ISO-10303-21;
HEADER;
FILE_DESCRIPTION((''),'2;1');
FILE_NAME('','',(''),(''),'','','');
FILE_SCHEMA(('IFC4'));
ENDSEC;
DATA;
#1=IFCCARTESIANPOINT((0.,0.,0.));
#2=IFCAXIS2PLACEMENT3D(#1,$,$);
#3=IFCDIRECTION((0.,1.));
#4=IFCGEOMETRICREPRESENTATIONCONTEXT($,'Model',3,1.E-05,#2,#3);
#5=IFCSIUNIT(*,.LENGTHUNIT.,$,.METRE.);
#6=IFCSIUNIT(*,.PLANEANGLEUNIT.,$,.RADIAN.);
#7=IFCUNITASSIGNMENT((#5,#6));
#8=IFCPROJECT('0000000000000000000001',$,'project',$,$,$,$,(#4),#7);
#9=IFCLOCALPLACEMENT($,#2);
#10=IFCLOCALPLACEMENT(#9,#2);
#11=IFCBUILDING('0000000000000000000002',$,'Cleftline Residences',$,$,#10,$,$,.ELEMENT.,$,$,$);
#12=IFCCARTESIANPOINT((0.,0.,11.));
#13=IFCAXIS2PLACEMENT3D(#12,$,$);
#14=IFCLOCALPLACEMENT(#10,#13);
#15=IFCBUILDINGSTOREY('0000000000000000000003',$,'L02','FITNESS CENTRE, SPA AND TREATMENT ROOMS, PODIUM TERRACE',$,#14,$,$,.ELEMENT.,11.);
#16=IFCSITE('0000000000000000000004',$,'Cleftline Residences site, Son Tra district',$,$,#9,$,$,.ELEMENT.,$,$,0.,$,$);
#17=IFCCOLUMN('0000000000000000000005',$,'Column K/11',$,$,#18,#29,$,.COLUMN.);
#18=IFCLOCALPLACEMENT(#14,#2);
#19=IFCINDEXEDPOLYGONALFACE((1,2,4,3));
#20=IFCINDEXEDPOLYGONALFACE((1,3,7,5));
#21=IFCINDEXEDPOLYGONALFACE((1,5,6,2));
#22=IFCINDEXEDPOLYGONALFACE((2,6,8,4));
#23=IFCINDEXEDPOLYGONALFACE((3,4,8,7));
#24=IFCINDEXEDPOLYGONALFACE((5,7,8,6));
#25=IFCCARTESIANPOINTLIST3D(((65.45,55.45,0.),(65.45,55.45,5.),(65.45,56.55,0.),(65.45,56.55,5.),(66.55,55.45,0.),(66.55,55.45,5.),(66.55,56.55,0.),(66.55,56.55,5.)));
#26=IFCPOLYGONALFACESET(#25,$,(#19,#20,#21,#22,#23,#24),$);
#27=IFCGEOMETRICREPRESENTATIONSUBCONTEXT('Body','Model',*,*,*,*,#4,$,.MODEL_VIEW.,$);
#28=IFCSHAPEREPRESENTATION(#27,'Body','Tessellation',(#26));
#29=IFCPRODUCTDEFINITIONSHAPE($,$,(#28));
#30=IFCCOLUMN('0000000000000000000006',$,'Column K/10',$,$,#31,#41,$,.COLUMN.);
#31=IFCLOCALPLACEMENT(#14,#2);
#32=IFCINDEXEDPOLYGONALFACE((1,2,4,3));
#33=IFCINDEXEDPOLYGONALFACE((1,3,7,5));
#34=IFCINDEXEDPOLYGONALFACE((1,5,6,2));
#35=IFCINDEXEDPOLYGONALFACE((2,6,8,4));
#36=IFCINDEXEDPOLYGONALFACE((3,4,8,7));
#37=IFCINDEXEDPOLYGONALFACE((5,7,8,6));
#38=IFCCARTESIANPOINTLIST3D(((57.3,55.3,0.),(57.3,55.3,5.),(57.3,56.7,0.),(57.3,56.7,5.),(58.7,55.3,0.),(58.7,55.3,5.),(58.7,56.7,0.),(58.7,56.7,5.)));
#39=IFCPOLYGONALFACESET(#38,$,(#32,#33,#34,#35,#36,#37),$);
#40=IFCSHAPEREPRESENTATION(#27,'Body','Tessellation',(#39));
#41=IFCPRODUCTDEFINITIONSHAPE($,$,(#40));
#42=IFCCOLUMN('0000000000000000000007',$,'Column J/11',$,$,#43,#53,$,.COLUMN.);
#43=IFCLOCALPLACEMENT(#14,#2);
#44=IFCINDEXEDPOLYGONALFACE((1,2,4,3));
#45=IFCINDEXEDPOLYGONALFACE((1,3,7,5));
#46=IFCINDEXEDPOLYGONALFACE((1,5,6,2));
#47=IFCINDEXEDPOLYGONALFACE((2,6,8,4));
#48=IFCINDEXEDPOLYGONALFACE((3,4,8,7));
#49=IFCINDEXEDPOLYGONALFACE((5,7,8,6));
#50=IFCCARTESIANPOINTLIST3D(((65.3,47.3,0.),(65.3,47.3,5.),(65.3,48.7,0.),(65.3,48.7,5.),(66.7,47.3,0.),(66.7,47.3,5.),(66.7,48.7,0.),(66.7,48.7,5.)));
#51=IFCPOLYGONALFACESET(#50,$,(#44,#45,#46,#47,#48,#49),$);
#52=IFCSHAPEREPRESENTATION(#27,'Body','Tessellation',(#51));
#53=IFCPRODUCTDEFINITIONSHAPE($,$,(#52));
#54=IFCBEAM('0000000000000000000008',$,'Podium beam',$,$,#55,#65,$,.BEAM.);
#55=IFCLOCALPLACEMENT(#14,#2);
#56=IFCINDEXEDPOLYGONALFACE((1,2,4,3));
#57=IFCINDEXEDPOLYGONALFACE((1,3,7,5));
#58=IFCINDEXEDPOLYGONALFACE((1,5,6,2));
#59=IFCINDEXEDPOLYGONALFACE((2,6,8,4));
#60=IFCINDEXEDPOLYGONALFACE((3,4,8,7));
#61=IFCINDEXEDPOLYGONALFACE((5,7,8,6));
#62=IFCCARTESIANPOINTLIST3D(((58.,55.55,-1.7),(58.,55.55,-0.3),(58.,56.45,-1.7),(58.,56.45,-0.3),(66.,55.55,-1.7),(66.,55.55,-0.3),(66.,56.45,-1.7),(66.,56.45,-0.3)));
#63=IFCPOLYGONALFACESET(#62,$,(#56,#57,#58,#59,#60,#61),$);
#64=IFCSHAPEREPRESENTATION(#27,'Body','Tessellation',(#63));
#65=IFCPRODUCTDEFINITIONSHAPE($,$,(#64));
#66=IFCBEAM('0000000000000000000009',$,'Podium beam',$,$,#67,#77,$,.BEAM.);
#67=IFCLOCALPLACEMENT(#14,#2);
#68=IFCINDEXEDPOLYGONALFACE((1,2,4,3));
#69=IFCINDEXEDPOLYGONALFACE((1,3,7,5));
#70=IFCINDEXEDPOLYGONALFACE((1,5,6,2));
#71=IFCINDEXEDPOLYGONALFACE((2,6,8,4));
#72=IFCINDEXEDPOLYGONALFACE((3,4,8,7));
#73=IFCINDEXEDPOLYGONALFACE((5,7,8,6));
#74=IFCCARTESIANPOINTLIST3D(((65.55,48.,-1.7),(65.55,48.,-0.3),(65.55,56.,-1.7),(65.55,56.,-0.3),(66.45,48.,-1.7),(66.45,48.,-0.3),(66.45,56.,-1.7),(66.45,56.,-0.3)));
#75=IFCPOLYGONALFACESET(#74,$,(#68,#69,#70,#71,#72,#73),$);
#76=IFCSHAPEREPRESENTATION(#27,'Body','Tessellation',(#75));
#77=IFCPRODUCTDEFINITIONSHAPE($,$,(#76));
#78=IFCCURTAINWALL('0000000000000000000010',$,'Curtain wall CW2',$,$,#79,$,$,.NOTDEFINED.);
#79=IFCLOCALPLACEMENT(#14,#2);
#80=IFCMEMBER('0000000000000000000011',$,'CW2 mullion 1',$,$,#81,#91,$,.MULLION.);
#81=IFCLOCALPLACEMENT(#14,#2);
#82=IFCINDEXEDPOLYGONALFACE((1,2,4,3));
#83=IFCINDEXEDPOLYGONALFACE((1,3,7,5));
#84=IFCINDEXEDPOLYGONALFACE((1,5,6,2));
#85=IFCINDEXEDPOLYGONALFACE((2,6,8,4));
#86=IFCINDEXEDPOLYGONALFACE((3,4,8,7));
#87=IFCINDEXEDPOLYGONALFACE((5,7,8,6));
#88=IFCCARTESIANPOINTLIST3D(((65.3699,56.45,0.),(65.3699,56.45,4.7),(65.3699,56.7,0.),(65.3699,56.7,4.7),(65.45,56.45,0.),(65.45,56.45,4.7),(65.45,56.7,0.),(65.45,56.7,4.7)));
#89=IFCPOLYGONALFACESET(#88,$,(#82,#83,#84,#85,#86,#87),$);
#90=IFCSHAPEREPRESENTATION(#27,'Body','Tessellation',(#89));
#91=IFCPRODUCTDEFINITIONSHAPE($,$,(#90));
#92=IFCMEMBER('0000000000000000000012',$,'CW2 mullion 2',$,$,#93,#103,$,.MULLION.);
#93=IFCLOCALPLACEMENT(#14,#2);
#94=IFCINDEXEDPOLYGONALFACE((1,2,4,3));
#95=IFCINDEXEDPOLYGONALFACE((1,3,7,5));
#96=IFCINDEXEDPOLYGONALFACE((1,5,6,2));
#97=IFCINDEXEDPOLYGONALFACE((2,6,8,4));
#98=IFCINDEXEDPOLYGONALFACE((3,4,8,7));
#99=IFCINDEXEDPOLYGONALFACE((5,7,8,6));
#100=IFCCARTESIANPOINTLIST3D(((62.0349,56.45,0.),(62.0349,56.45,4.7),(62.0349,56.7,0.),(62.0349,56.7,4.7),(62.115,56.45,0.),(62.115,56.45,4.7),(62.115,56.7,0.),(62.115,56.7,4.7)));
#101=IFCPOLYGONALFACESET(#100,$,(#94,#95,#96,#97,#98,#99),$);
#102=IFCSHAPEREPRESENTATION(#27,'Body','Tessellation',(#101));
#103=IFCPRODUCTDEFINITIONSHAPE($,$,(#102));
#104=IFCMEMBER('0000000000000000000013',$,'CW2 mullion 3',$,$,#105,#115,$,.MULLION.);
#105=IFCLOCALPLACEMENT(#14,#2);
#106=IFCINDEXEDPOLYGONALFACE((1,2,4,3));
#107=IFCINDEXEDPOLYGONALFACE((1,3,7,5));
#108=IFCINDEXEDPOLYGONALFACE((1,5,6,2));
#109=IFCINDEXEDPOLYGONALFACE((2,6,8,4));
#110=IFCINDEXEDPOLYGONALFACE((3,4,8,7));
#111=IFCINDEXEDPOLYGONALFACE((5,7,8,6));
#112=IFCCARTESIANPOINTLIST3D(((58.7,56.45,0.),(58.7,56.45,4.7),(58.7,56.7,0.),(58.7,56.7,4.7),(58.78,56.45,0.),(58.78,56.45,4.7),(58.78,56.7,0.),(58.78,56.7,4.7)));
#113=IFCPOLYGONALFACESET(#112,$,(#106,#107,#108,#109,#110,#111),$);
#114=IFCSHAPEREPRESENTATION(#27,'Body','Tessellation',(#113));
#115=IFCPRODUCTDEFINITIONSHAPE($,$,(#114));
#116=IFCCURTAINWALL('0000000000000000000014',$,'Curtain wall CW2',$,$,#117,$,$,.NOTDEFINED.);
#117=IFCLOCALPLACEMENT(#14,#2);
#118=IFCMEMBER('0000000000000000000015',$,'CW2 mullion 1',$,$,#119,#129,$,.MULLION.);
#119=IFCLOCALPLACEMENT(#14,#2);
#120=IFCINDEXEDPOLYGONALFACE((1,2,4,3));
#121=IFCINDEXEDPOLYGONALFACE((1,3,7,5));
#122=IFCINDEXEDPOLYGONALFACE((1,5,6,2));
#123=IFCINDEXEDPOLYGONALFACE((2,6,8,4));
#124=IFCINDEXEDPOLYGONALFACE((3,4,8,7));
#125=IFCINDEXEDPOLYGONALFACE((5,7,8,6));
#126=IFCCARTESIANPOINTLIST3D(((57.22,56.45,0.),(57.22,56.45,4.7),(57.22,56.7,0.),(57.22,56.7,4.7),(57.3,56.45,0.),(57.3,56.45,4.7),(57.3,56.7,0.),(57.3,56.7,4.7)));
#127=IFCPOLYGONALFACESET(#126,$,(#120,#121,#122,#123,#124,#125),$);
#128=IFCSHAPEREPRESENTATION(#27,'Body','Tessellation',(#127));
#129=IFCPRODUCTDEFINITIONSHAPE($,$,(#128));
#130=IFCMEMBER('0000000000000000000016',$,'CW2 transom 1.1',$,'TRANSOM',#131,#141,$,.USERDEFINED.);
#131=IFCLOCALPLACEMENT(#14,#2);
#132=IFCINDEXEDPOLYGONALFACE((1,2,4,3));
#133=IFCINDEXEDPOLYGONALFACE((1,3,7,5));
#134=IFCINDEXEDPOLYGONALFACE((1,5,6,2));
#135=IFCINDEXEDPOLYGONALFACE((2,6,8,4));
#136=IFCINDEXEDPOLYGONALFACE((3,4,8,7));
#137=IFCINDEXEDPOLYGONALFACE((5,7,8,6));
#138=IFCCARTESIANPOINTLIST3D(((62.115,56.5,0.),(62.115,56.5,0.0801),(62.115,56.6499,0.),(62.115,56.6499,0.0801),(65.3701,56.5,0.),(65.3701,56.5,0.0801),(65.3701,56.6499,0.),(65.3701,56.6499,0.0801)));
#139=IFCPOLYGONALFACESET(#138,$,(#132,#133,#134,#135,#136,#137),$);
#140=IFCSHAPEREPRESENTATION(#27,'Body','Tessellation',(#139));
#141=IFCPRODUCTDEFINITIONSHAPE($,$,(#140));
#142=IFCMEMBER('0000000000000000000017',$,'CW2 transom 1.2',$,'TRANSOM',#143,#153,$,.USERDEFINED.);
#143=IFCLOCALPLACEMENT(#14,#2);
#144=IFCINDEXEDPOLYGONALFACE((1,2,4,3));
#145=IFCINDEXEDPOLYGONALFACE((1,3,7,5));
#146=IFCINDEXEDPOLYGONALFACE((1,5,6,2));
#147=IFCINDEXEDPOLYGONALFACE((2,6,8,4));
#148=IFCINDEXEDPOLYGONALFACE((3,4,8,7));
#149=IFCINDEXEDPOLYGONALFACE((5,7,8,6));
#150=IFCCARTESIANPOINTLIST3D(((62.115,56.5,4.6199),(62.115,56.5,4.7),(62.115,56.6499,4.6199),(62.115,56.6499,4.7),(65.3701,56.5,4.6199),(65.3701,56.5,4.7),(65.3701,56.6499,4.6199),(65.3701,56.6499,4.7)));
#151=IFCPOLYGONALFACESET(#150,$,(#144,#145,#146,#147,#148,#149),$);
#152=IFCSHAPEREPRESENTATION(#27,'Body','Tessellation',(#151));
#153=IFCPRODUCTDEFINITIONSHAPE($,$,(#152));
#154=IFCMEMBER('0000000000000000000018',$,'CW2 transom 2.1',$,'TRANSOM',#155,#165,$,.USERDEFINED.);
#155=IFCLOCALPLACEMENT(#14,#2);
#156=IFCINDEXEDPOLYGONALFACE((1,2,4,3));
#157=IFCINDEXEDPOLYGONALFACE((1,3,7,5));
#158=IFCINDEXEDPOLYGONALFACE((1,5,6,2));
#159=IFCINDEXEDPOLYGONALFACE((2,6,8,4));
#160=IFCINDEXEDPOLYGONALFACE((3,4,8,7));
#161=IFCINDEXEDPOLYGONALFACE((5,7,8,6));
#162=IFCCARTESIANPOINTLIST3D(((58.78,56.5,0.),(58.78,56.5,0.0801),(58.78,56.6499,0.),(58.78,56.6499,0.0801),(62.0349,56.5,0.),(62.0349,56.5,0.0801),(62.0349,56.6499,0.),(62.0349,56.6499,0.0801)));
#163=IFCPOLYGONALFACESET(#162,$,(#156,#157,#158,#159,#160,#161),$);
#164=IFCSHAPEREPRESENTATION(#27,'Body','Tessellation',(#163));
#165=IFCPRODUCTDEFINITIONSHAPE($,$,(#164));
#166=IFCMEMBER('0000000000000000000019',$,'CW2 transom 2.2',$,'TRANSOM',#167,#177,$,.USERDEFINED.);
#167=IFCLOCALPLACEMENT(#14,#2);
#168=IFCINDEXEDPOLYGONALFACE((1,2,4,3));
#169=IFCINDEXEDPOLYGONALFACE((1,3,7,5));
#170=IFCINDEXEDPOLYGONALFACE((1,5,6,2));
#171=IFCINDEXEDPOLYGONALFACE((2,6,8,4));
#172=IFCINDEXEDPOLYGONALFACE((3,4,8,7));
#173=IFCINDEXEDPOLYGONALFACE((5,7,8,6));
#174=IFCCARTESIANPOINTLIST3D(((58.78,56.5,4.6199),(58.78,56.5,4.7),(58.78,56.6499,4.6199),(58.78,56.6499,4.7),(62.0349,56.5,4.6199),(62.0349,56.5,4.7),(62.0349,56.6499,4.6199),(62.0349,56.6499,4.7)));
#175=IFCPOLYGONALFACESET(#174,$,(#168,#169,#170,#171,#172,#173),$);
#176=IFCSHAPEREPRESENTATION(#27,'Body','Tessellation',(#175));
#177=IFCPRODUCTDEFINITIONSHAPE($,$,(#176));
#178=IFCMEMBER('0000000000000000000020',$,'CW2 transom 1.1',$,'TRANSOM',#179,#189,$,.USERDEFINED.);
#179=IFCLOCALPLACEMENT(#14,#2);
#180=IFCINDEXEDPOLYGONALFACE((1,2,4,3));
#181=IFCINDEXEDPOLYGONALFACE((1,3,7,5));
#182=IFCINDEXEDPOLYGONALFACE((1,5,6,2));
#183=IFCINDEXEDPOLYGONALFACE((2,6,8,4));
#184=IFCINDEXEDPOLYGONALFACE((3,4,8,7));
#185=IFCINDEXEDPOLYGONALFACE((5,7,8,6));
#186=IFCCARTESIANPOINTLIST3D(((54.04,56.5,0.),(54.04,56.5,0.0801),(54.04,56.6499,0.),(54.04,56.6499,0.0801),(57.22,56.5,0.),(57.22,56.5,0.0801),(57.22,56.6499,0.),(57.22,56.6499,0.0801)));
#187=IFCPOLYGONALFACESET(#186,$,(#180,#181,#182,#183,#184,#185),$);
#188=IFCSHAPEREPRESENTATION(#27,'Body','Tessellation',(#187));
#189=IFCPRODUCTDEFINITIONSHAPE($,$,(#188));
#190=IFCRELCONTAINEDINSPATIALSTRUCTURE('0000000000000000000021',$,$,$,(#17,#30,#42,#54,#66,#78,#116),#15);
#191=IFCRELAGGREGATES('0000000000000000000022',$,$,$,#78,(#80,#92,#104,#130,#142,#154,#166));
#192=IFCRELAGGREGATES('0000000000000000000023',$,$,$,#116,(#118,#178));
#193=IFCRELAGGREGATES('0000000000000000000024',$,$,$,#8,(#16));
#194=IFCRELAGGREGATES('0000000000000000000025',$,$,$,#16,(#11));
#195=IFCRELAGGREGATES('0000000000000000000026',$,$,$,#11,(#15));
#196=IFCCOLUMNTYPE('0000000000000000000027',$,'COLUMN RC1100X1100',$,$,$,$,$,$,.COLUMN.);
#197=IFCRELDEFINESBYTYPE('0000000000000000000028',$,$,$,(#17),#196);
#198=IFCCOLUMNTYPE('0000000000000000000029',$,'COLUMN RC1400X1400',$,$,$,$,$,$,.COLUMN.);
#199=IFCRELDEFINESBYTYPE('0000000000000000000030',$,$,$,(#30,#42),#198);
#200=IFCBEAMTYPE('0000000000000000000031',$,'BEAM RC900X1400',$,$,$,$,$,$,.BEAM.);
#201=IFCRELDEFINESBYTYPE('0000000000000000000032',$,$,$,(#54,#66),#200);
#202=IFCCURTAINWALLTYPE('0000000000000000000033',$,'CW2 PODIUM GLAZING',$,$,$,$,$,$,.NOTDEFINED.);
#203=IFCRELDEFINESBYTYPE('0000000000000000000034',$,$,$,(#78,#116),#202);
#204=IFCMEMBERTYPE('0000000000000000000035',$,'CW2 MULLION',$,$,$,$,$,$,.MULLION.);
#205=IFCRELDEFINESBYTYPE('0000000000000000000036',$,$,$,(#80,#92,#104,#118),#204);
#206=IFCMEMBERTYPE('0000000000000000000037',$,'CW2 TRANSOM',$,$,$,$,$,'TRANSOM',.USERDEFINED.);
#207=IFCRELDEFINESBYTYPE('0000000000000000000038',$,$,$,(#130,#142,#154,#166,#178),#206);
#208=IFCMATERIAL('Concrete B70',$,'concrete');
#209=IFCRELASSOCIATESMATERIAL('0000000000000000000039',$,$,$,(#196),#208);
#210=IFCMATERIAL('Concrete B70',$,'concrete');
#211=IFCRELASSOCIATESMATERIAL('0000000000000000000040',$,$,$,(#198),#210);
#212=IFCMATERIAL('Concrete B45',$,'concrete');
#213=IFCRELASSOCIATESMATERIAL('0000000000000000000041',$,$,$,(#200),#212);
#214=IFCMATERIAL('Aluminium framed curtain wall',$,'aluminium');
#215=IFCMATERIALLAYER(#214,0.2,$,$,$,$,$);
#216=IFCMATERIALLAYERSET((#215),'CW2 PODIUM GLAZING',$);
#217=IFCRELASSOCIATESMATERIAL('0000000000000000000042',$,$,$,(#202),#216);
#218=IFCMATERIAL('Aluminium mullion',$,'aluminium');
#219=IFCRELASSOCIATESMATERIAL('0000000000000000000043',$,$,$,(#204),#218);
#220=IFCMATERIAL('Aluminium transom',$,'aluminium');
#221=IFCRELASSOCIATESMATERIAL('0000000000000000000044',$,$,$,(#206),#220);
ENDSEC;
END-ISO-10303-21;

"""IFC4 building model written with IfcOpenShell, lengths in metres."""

from ifc_helpers import new_model, si_unit, direction, frame, origin, origin_2d, place, context, subcontext, project, spatial, rectangle, extrude, material, layer, layer_set, material_profile, profile_set, type_object, element, aggregate, save


model = new_model("IFC4")

# Units and contexts
model_context = context("Model", 3, precision=1e-05, world=origin(), true_north=direction((0.0, 1.0)))
body_context = subcontext(model_context, "Body", "Model", "MODEL_VIEW")
ifc_project = project(units=[si_unit("LENGTHUNIT", "METRE"), si_unit("PLANEANGLEUNIT", "RADIAN")], contexts=[model_context])

# Site, building, storey
site_placement = place(None, origin())
site = spatial("IfcSite", under=ifc_project, at=site_placement, Name="Cleftline Residences site, Son Tra district", CompositionType="ELEMENT", RefElevation=0.0)
building_placement = place(site_placement, origin())
building = spatial("IfcBuilding", under=site, at=building_placement, Name="Cleftline Residences", CompositionType="ELEMENT")
storey_placement = place(building_placement, frame((0.0, 0.0, 11.0)))
storey = spatial("IfcBuildingStorey", under=building, at=storey_placement, Name="L02", Description="FITNESS CENTRE, SPA AND TREATMENT ROOMS, PODIUM TERRACE", CompositionType="ELEMENT", Elevation=11.0)

# Columns
ifc_material_1 = material(Name="Concrete B70", Category="concrete")
ifc_material_profile_1 = material_profile(ifc_material_1, rectangle(XDim=1.1001, YDim=1.1001, at=origin_2d()))
ifc_profile_set_1 = profile_set([ifc_material_profile_1], Name="Concrete B70")
column_type_1 = type_object("IfcColumnType", Name="COLUMN RC1100X1100", PredefinedType="COLUMN", material=ifc_profile_set_1)
column_placement = place(storey_placement, frame((66.0, 56.0, 0.0), z_axis=(0.0, 0.0, 1.0), x_axis=(1.0, 0.0, 0.0)))
element("IfcColumn", 1, at=column_placement, inside=storey, type_object=column_type_1, Name="Column K/11", PredefinedType="COLUMN", context=body_context, shape_type="SweptSolid", body=[
    extrude(rectangle(XDim=1.1001, YDim=1.1001, at=origin_2d()), origin(), (0.0, 0.0, 1.0), 5.0),
])
ifc_material_2 = material(Name="Concrete B70", Category="concrete")
ifc_material_profile_2 = material_profile(ifc_material_2, rectangle(XDim=1.3999, YDim=1.3999, at=origin_2d()))
ifc_profile_set_2 = profile_set([ifc_material_profile_2], Name="Concrete B70")
column_type_2 = type_object("IfcColumnType", Name="COLUMN RC1400X1400", PredefinedType="COLUMN", material=ifc_profile_set_2)
for number, where, z_axis, x_axis, name in (
    (2, (58.0, 56.0, 0.0), (0.0, 0.0, 1.0), (1.0, 0.0, 0.0), "Column K/10"),
    (3, (66.0, 48.0, 0.0), (0.0, 0.0, 1.0), (1.0, 0.0, 0.0), "Column J/11"),
):
    element("IfcColumn", number, at=place(storey_placement, frame(where, z_axis=z_axis, x_axis=x_axis)), inside=storey, type_object=column_type_2, Name=name, PredefinedType="COLUMN", context=body_context, shape_type="SweptSolid", body=[
        extrude(rectangle(XDim=1.3999, YDim=1.3999, at=origin_2d()), origin(), (0.0, 0.0, 1.0), 5.0),
    ])

# Beams
ifc_material_3 = material(Name="Concrete B45", Category="concrete")
ifc_material_profile_3 = material_profile(ifc_material_3, rectangle(XDim=0.8999, YDim=1.3999, at=origin_2d()))
ifc_profile_set_3 = profile_set([ifc_material_profile_3], Name="Concrete B45")
beam_type = type_object("IfcBeamType", Name="BEAM RC900X1400", PredefinedType="BEAM", material=ifc_profile_set_3)
for number, where, z_axis, x_axis, name in (
    (4, (58.0, 56.0, -1.0), (1.0, 0.0, 0.0), (0.0, 1.0, 0.0), "Podium beam"),
    (5, (66.0, 48.0, -1.0), (0.0, 1.0, 0.0), (-1.0, 0.0, 0.0), "Podium beam"),
):
    element("IfcBeam", number, at=place(storey_placement, frame(where, z_axis=z_axis, x_axis=x_axis)), inside=storey, type_object=beam_type, Name=name, PredefinedType="BEAM", context=body_context, shape_type="SweptSolid", body=[
        extrude(rectangle(XDim=0.8999, YDim=1.3999, at=origin_2d()), origin(), (0.0, 0.0, 1.0), 8.0),
    ])

# Curtain wall, members
ifc_material_4 = material(Name="Aluminium framed curtain wall", Category="aluminium")
ifc_layer_1 = layer(ifc_material_4, 0.2)
ifc_layer_set_1 = layer_set([ifc_layer_1], Name="CW2 PODIUM GLAZING")
curtain_wall_type = type_object("IfcCurtainWallType", Name="CW2 PODIUM GLAZING", PredefinedType="NOTDEFINED", material=ifc_layer_set_1)
curtain_wall_1_placement = place(storey_placement, origin())
curtain_wall_1 = element("IfcCurtainWall", 6, at=curtain_wall_1_placement, inside=storey, type_object=curtain_wall_type, Name="Curtain wall CW2", PredefinedType="NOTDEFINED")
ifc_material_5 = material(Name="Aluminium mullion", Category="aluminium")
ifc_material_profile_4 = material_profile(ifc_material_5, rectangle(XDim=0.25, YDim=0.0801, at=origin_2d()))
ifc_profile_set_4 = profile_set([ifc_material_profile_4], Name="Aluminium mullion")
member_type_1 = type_object("IfcMemberType", Name="CW2 MULLION", PredefinedType="MULLION", material=ifc_profile_set_4)
member_1_placement = place(storey_placement, frame((65.4099, 56.575, 0.0), z_axis=(0.0, 0.0, 1.0), x_axis=(0.0, -1.0, 0.0)))
member_1 = element("IfcMember", 7, at=member_1_placement, type_object=member_type_1, Name="CW2 mullion 1", PredefinedType="MULLION", context=body_context, shape_type="SweptSolid", body=[
    extrude(rectangle(XDim=0.25, YDim=0.0801, at=origin_2d()), origin(), (0.0, 0.0, 1.0), 4.7),
])
member_2_placement = place(storey_placement, frame((62.075, 56.575, 0.0), z_axis=(0.0, 0.0, 1.0), x_axis=(0.0, -1.0, 0.0)))
member_2 = element("IfcMember", 8, at=member_2_placement, type_object=member_type_1, Name="CW2 mullion 2", PredefinedType="MULLION", context=body_context, shape_type="SweptSolid", body=[
    extrude(rectangle(XDim=0.25, YDim=0.0801, at=origin_2d()), origin(), (0.0, 0.0, 1.0), 4.7),
])
member_3_placement = place(storey_placement, frame((58.74, 56.575, 0.0), z_axis=(0.0, 0.0, 1.0), x_axis=(0.0, -1.0, 0.0)))
member_3 = element("IfcMember", 9, at=member_3_placement, type_object=member_type_1, Name="CW2 mullion 3", PredefinedType="MULLION", context=body_context, shape_type="SweptSolid", body=[
    extrude(rectangle(XDim=0.25, YDim=0.0801, at=origin_2d()), origin(), (0.0, 0.0, 1.0), 4.7),
])

# Curtain wall, member
curtain_wall_2_placement = place(storey_placement, origin())
curtain_wall_2 = element("IfcCurtainWall", 10, at=curtain_wall_2_placement, inside=storey, type_object=curtain_wall_type, Name="Curtain wall CW2", PredefinedType="NOTDEFINED")
member_4_placement = place(storey_placement, frame((57.26, 56.575, 0.0), z_axis=(0.0, 0.0, 1.0), x_axis=(0.0, -1.0, 0.0)))
member_4 = element("IfcMember", 11, at=member_4_placement, type_object=member_type_1, Name="CW2 mullion 1", PredefinedType="MULLION", context=body_context, shape_type="SweptSolid", body=[
    extrude(rectangle(XDim=0.25, YDim=0.0801, at=origin_2d()), origin(), (0.0, 0.0, 1.0), 4.7),
])

# Members
ifc_material_6 = material(Name="Aluminium transom", Category="aluminium")
ifc_material_profile_5 = material_profile(ifc_material_6, rectangle(XDim=0.1499, YDim=0.0801, at=origin_2d()))
ifc_profile_set_5 = profile_set([ifc_material_profile_5], Name="Aluminium transom")
member_type_2 = type_object("IfcMemberType", Name="CW2 TRANSOM", ElementType="TRANSOM", PredefinedType="USERDEFINED", material=ifc_profile_set_5)
member_5_placement = place(storey_placement, frame((65.3701, 56.575, 0.04), z_axis=(-1.0, 0.0, 0.0), x_axis=(0.0, -1.0, 0.0)))
member_5 = element("IfcMember", 12, at=member_5_placement, type_object=member_type_2, Name="CW2 transom 1.1", ObjectType="TRANSOM", PredefinedType="USERDEFINED", context=body_context, shape_type="SweptSolid", body=[
    extrude(rectangle(XDim=0.1499, YDim=0.0801, at=origin_2d()), origin(), (0.0, 0.0, 1.0), 3.2551),
])
member_6_placement = place(storey_placement, frame((65.3701, 56.575, 4.6599), z_axis=(-1.0, 0.0, 0.0), x_axis=(0.0, -1.0, 0.0)))
member_6 = element("IfcMember", 13, at=member_6_placement, type_object=member_type_2, Name="CW2 transom 1.2", ObjectType="TRANSOM", PredefinedType="USERDEFINED", context=body_context, shape_type="SweptSolid", body=[
    extrude(rectangle(XDim=0.1499, YDim=0.0801, at=origin_2d()), origin(), (0.0, 0.0, 1.0), 3.2551),
])
member_7_placement = place(storey_placement, frame((62.0349, 56.575, 0.04), z_axis=(-1.0, 0.0, 0.0), x_axis=(0.0, -1.0, 0.0)))
member_7 = element("IfcMember", 14, at=member_7_placement, type_object=member_type_2, Name="CW2 transom 2.1", ObjectType="TRANSOM", PredefinedType="USERDEFINED", context=body_context, shape_type="SweptSolid", body=[
    extrude(rectangle(XDim=0.1499, YDim=0.0801, at=origin_2d()), origin(), (0.0, 0.0, 1.0), 3.2549),
])
member_8_placement = place(storey_placement, frame((62.0349, 56.575, 4.6599), z_axis=(-1.0, 0.0, 0.0), x_axis=(0.0, -1.0, 0.0)))
member_8 = element("IfcMember", 15, at=member_8_placement, type_object=member_type_2, Name="CW2 transom 2.2", ObjectType="TRANSOM", PredefinedType="USERDEFINED", context=body_context, shape_type="SweptSolid", body=[
    extrude(rectangle(XDim=0.1499, YDim=0.0801, at=origin_2d()), origin(), (0.0, 0.0, 1.0), 3.2549),
])
member_9_placement = place(storey_placement, frame((57.22, 56.575, 0.04), z_axis=(-1.0, 0.0, 0.0), x_axis=(0.0, -1.0, 0.0)))
member_9 = element("IfcMember", 16, at=member_9_placement, type_object=member_type_2, Name="CW2 transom 1.1", ObjectType="TRANSOM", PredefinedType="USERDEFINED", context=body_context, shape_type="SweptSolid", body=[
    extrude(rectangle(XDim=0.1499, YDim=0.0801, at=origin_2d()), origin(), (0.0, 0.0, 1.0), 3.1799),
])

aggregate(curtain_wall_1, [member_1, member_2, member_3, member_5, member_6, member_7, member_8])
aggregate(curtain_wall_2, [member_4, member_9])

save(model, "model.ifc")
